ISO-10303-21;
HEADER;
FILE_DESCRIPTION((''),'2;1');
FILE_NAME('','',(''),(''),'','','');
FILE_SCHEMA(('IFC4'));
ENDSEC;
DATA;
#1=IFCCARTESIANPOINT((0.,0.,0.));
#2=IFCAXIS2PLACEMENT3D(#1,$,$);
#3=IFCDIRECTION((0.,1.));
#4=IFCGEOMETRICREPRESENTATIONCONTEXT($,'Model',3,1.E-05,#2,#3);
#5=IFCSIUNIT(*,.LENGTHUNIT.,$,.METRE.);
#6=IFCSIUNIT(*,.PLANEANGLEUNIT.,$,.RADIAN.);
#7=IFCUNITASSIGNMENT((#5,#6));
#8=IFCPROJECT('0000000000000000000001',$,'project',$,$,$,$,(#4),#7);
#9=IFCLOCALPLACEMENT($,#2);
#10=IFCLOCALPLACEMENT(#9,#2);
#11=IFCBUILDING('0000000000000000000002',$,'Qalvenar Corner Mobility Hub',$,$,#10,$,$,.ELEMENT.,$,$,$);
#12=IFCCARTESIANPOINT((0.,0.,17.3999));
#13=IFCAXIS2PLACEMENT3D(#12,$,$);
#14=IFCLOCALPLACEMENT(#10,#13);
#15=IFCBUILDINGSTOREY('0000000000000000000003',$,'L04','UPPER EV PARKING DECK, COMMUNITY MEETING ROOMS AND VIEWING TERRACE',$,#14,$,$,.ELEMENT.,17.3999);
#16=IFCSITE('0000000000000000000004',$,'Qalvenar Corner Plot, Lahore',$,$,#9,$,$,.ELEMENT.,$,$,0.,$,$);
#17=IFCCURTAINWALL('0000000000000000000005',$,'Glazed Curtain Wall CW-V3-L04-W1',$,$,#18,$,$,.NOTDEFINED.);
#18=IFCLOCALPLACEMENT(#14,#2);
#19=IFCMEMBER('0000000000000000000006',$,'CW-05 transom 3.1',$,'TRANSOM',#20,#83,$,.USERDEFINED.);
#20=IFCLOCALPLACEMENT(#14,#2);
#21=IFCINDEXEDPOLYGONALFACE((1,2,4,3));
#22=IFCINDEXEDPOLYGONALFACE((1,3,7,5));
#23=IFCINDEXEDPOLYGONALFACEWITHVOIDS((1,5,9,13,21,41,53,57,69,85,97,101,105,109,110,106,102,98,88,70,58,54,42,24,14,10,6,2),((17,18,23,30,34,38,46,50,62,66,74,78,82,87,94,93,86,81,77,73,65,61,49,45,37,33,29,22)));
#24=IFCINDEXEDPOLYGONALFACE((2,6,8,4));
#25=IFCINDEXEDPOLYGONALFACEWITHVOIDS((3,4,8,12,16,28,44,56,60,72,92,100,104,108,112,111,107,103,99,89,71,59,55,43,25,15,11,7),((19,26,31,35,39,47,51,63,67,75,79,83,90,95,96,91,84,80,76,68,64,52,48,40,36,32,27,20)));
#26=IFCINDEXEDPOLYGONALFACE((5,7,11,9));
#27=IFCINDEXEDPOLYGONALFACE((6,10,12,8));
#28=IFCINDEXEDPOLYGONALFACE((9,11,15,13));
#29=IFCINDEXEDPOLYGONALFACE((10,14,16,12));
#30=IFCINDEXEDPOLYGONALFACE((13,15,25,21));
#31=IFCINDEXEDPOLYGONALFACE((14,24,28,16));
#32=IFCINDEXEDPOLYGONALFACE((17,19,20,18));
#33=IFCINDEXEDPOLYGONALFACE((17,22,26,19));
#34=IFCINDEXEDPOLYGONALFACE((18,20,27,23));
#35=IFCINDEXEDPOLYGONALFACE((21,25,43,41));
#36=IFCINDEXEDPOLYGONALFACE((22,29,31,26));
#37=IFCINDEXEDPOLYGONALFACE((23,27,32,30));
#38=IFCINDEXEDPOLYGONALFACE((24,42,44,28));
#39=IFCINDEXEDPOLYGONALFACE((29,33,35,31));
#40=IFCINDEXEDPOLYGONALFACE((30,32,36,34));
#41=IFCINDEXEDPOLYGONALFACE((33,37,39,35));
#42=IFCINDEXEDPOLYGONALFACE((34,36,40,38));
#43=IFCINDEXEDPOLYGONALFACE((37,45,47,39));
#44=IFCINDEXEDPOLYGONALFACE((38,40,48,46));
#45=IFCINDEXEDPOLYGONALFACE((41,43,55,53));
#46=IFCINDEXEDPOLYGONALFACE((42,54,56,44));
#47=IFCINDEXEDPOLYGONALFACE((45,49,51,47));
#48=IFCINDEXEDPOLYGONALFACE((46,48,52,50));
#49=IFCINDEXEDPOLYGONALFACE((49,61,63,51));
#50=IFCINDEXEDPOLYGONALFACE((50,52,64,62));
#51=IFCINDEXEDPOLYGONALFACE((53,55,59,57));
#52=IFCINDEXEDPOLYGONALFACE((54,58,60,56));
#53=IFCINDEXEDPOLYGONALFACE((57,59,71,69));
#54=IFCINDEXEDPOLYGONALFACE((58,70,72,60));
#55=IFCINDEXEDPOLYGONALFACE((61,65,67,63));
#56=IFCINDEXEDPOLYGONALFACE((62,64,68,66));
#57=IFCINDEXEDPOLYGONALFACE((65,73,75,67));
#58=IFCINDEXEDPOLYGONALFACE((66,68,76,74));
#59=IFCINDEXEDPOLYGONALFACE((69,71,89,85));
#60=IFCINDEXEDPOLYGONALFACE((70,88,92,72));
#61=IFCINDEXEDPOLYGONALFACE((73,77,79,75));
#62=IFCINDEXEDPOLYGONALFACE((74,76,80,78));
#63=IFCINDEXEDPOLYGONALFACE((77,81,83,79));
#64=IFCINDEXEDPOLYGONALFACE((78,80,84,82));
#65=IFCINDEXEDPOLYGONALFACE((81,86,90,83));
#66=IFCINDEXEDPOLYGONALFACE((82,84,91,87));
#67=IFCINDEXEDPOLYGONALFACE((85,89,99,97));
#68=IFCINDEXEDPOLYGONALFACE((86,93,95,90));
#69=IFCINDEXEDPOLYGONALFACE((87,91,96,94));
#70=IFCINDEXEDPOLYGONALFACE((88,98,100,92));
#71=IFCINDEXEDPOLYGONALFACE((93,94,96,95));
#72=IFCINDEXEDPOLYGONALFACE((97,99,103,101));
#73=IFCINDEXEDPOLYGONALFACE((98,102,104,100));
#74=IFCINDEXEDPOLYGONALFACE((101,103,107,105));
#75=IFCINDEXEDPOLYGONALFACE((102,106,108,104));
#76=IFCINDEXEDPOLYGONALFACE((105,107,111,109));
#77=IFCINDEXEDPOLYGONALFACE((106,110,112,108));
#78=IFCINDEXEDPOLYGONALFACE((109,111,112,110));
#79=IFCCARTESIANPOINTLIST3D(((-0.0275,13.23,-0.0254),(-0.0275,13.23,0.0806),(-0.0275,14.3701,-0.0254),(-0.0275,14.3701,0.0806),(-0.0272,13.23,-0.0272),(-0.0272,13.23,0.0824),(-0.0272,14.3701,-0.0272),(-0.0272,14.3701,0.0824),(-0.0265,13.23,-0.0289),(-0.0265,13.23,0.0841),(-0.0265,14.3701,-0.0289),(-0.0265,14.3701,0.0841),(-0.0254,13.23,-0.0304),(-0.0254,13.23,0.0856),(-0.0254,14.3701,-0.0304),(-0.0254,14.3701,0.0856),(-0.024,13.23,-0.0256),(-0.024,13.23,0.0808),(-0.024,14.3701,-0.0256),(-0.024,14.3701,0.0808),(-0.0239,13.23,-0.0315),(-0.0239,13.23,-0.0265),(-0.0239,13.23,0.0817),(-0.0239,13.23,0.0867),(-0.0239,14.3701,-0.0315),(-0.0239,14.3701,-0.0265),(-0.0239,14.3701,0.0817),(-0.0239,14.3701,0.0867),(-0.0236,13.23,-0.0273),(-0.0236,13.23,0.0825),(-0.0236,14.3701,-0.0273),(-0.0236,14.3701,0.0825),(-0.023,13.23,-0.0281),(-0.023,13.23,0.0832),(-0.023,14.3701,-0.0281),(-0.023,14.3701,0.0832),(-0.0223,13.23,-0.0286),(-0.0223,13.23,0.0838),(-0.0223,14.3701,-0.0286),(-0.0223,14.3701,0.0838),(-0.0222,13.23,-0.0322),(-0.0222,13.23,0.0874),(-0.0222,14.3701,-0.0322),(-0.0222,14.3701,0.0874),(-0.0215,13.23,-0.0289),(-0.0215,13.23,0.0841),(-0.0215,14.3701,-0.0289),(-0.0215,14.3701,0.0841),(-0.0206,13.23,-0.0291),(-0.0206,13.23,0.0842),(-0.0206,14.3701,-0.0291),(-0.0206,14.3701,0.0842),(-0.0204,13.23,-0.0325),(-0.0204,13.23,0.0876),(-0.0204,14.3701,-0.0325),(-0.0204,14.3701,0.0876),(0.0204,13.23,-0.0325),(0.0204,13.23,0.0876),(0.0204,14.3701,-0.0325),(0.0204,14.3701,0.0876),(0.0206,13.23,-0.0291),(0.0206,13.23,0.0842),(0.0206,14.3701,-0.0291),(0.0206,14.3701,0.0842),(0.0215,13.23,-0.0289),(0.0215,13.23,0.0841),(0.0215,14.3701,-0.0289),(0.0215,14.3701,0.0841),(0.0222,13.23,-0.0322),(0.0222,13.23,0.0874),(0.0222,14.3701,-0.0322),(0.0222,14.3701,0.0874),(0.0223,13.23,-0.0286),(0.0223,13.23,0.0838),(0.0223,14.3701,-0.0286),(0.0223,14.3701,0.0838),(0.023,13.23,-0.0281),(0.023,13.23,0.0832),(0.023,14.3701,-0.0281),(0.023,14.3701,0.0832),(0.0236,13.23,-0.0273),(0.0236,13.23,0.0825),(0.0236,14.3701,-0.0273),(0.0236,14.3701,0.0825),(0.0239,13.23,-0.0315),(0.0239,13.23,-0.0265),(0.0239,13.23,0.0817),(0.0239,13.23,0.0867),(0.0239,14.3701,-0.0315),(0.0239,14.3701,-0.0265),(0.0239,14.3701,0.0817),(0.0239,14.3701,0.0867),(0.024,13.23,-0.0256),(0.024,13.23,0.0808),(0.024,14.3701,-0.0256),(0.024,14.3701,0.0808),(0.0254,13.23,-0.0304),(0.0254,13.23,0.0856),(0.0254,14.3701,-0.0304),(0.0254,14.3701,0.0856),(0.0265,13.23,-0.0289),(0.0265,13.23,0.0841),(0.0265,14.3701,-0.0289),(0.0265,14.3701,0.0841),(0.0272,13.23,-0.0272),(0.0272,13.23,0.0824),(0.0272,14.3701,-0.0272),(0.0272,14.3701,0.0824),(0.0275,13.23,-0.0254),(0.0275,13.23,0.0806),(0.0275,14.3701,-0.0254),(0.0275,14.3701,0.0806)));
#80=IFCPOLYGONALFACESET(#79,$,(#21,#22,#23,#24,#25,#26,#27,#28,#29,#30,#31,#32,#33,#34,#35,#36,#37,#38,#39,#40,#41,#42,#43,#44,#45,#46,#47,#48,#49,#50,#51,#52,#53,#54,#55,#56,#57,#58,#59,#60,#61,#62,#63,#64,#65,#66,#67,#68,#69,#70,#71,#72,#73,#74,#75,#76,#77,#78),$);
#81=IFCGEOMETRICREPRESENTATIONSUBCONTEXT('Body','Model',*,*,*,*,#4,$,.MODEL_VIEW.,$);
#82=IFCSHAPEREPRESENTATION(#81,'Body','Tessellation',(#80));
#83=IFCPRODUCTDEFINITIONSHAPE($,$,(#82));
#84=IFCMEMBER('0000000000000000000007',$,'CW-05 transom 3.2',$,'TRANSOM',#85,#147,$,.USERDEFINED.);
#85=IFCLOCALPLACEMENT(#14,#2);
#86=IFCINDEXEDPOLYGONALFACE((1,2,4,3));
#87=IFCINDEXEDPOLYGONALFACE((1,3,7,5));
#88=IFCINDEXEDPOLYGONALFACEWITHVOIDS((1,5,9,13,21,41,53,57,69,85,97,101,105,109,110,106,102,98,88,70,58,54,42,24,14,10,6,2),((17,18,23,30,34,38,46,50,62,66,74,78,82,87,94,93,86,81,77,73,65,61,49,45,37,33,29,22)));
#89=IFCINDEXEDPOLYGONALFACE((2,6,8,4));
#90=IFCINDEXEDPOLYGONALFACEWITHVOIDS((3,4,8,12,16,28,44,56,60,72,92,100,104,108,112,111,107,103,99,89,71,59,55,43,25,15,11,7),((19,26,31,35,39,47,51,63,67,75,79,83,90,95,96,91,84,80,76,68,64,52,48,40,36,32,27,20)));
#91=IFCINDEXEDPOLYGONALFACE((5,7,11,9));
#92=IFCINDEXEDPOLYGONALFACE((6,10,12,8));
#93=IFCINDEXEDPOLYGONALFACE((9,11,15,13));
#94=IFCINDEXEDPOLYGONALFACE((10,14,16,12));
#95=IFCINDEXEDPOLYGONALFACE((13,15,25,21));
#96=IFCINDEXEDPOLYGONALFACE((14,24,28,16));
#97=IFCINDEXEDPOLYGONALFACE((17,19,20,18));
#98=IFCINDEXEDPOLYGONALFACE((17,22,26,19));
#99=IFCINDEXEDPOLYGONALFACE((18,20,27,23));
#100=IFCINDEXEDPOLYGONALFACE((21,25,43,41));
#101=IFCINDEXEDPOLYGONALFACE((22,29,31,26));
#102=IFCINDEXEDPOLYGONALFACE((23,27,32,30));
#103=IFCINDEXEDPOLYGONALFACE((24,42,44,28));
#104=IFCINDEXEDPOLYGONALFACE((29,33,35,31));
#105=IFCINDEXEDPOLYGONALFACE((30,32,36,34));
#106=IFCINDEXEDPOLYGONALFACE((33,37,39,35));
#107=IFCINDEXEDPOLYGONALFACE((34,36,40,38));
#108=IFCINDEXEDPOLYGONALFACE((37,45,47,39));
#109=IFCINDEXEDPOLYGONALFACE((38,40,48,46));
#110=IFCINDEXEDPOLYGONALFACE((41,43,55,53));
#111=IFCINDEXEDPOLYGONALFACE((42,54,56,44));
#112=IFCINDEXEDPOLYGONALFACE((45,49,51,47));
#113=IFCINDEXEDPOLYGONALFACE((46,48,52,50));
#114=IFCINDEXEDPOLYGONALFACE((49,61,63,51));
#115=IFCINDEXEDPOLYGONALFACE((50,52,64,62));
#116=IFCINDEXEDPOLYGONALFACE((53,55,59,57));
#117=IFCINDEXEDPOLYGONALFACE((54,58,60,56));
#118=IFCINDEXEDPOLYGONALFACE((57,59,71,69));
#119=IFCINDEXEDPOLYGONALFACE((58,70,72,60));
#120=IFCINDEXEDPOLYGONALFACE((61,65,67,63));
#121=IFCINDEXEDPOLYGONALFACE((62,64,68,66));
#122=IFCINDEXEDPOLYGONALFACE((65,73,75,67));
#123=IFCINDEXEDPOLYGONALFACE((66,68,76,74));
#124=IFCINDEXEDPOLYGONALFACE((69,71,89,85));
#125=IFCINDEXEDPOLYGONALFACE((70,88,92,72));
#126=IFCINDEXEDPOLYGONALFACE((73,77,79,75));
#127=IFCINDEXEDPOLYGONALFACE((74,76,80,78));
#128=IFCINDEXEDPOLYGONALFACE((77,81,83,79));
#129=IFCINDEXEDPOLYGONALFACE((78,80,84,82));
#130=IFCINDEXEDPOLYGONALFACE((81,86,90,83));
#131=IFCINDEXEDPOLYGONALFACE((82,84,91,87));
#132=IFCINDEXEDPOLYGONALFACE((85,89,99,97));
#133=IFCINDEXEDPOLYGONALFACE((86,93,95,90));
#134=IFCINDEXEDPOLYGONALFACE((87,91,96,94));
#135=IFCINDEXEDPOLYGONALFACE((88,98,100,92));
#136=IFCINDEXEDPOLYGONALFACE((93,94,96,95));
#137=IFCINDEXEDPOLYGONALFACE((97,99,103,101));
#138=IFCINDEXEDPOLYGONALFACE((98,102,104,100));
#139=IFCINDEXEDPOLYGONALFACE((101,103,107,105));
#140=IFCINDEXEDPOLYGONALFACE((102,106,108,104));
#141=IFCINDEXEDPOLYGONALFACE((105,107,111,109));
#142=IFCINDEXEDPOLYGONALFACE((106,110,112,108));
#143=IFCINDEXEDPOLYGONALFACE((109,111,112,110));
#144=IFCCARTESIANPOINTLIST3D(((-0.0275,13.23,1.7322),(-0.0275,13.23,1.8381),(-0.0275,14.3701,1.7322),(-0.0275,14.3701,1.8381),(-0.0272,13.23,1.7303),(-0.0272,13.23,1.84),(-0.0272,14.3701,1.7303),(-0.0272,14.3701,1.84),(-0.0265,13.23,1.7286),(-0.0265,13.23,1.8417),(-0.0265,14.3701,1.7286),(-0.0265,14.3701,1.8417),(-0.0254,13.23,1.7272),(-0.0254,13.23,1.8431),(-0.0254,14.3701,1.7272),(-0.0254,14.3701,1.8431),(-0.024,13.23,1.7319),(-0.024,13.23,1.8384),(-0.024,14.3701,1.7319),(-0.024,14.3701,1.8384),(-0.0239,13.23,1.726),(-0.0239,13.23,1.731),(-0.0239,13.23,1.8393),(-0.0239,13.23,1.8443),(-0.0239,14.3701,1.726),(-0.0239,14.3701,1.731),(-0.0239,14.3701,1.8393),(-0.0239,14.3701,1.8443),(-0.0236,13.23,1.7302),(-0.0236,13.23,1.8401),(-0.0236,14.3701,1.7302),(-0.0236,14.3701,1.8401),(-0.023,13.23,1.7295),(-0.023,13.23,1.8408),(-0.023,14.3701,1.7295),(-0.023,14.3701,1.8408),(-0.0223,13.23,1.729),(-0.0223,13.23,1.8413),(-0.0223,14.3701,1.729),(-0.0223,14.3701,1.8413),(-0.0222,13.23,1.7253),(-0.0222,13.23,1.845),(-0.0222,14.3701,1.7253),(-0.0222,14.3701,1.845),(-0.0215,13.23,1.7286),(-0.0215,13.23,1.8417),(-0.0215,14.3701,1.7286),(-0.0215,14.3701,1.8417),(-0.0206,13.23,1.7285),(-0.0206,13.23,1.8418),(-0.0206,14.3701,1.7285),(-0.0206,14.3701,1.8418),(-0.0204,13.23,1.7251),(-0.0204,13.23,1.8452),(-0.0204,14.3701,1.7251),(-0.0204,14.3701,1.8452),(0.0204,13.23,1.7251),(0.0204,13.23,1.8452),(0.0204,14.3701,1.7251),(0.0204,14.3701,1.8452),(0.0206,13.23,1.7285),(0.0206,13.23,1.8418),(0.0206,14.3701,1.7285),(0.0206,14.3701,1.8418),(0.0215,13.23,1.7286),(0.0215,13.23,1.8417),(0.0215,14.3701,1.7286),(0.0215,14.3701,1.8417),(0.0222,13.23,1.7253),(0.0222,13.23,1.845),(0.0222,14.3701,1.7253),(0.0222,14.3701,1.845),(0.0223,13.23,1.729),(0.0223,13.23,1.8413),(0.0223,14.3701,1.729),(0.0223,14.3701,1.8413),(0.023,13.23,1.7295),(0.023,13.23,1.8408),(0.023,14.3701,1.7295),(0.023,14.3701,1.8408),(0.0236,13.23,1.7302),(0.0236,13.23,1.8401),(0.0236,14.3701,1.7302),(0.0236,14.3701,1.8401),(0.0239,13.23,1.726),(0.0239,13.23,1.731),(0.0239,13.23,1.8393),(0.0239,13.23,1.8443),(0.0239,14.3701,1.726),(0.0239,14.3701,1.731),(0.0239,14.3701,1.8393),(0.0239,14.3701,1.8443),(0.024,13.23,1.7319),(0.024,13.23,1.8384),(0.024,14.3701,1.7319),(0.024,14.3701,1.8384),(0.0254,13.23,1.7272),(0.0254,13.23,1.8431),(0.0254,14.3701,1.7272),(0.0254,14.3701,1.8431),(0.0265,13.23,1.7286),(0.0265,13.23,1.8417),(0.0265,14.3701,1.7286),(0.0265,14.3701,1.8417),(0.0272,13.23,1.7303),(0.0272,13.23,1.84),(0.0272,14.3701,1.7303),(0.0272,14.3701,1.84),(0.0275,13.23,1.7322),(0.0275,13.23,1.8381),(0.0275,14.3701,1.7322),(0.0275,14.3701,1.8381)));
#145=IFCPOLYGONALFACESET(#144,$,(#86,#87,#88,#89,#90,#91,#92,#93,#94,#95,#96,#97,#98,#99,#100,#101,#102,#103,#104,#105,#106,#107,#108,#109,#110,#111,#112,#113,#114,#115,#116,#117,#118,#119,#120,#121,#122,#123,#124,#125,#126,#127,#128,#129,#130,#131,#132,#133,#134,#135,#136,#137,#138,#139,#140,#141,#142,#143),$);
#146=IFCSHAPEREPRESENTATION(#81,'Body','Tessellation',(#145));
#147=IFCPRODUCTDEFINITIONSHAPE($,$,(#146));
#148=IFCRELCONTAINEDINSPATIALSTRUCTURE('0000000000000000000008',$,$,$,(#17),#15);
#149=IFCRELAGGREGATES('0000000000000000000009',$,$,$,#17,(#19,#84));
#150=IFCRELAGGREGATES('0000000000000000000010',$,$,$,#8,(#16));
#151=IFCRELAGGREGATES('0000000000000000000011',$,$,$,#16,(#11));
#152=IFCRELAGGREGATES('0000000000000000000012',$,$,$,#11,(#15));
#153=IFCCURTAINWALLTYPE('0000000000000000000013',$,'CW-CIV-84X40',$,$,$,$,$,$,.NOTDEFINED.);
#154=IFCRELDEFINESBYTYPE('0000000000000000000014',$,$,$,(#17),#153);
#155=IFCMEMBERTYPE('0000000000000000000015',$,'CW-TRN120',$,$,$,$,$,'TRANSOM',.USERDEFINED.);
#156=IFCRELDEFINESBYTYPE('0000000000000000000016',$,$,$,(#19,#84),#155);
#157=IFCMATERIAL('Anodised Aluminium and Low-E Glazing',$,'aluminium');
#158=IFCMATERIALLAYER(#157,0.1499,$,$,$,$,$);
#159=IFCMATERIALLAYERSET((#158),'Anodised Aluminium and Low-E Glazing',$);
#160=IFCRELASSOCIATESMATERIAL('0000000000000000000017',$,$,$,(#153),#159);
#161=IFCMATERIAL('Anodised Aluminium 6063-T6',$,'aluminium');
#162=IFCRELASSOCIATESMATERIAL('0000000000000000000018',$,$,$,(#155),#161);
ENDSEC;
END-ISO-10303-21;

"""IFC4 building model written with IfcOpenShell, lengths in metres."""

from ifc_helpers import new_model, si_unit, direction, frame, origin, origin_2d, place, context, subcontext, project, spatial, hollow_rectangle, extrude, material, layer, layer_set, material_profile, profile_set, type_object, element, aggregate, save


model = new_model("IFC4")

# Units and contexts
model_context = context("Model", 3, precision=1e-05, world=origin(), true_north=direction((0.0, 1.0)))
body_context = subcontext(model_context, "Body", "Model", "MODEL_VIEW")
ifc_project = project(units=[si_unit("LENGTHUNIT", "METRE"), si_unit("PLANEANGLEUNIT", "RADIAN")], contexts=[model_context])

# Site, building, storey
site_placement = place(None, origin())
site = spatial("IfcSite", under=ifc_project, at=site_placement, Name="Qalvenar Corner Plot, Lahore", CompositionType="ELEMENT", RefElevation=0.0)
building_placement = place(site_placement, origin())
building = spatial("IfcBuilding", under=site, at=building_placement, Name="Qalvenar Corner Mobility Hub", CompositionType="ELEMENT")
storey_placement = place(building_placement, frame((0.0, 0.0, 17.3999)))
storey = spatial("IfcBuildingStorey", under=building, at=storey_placement, Name="L04", Description="UPPER EV PARKING DECK, COMMUNITY MEETING ROOMS AND VIEWING TERRACE", CompositionType="ELEMENT", Elevation=17.3999)

# Curtain wall, members
ifc_material_1 = material(Name="Anodised Aluminium and Low-E Glazing", Category="aluminium")
ifc_layer_1 = layer(ifc_material_1, 0.1499)
ifc_layer_set_1 = layer_set([ifc_layer_1], Name="Anodised Aluminium and Low-E Glazing")
curtain_wall_type = type_object("IfcCurtainWallType", Name="CW-CIV-84X40", PredefinedType="NOTDEFINED", material=ifc_layer_set_1)
curtain_wall_placement = place(storey_placement, origin())
curtain_wall = element("IfcCurtainWall", 1, at=curtain_wall_placement, inside=storey, type_object=curtain_wall_type, Name="Glazed Curtain Wall CW-V3-L04-W1", PredefinedType="NOTDEFINED")
ifc_material_2 = material(Name="Anodised Aluminium 6063-T6", Category="aluminium")
ifc_material_profile_1 = material_profile(ifc_material_2, hollow_rectangle(XDim=0.0549, YDim=0.1201, WallThickness=0.0034, InnerFilletRadius=0.0034, OuterFilletRadius=0.0071, at=origin_2d()), Name="RHS120x55x3.5")
ifc_profile_set_1 = profile_set([ifc_material_profile_1], Name="Anodised Aluminium 6063-T6")
member_type_1 = type_object("IfcMemberType", Name="CW-TRN120", ElementType="TRANSOM", PredefinedType="USERDEFINED", material=ifc_profile_set_1)
member_1_placement = place(storey_placement, frame((0.0, 14.3701, 0.0276), z_axis=(0.0, -1.0, 0.0), x_axis=(1.0, 0.0, 0.0)))
member_1 = element("IfcMember", 2, at=member_1_placement, type_object=member_type_1, Name="CW-05 transom 3.1", ObjectType="TRANSOM", PredefinedType="USERDEFINED", context=body_context, shape_type="SweptSolid", body=[
    extrude(hollow_rectangle(XDim=0.0549, YDim=0.1201, WallThickness=0.0034, InnerFilletRadius=0.0034, OuterFilletRadius=0.0071, at=origin_2d()), origin(), (0.0, 0.0, 1.0), 1.1401),
])
member_2_placement = place(storey_placement, frame((0.0, 14.3701, 1.7852), z_axis=(0.0, -1.0, 0.0), x_axis=(1.0, 0.0, 0.0)))
member_2 = element("IfcMember", 3, at=member_2_placement, type_object=member_type_1, Name="CW-05 transom 3.2", ObjectType="TRANSOM", PredefinedType="USERDEFINED", context=body_context, shape_type="SweptSolid", body=[
    extrude(hollow_rectangle(XDim=0.0549, YDim=0.1201, WallThickness=0.0034, InnerFilletRadius=0.0034, OuterFilletRadius=0.0071, at=origin_2d()), origin(), (0.0, 0.0, 1.0), 1.1401),
])
aggregate(curtain_wall, [member_1, member_2])

save(model, "model.ifc")
